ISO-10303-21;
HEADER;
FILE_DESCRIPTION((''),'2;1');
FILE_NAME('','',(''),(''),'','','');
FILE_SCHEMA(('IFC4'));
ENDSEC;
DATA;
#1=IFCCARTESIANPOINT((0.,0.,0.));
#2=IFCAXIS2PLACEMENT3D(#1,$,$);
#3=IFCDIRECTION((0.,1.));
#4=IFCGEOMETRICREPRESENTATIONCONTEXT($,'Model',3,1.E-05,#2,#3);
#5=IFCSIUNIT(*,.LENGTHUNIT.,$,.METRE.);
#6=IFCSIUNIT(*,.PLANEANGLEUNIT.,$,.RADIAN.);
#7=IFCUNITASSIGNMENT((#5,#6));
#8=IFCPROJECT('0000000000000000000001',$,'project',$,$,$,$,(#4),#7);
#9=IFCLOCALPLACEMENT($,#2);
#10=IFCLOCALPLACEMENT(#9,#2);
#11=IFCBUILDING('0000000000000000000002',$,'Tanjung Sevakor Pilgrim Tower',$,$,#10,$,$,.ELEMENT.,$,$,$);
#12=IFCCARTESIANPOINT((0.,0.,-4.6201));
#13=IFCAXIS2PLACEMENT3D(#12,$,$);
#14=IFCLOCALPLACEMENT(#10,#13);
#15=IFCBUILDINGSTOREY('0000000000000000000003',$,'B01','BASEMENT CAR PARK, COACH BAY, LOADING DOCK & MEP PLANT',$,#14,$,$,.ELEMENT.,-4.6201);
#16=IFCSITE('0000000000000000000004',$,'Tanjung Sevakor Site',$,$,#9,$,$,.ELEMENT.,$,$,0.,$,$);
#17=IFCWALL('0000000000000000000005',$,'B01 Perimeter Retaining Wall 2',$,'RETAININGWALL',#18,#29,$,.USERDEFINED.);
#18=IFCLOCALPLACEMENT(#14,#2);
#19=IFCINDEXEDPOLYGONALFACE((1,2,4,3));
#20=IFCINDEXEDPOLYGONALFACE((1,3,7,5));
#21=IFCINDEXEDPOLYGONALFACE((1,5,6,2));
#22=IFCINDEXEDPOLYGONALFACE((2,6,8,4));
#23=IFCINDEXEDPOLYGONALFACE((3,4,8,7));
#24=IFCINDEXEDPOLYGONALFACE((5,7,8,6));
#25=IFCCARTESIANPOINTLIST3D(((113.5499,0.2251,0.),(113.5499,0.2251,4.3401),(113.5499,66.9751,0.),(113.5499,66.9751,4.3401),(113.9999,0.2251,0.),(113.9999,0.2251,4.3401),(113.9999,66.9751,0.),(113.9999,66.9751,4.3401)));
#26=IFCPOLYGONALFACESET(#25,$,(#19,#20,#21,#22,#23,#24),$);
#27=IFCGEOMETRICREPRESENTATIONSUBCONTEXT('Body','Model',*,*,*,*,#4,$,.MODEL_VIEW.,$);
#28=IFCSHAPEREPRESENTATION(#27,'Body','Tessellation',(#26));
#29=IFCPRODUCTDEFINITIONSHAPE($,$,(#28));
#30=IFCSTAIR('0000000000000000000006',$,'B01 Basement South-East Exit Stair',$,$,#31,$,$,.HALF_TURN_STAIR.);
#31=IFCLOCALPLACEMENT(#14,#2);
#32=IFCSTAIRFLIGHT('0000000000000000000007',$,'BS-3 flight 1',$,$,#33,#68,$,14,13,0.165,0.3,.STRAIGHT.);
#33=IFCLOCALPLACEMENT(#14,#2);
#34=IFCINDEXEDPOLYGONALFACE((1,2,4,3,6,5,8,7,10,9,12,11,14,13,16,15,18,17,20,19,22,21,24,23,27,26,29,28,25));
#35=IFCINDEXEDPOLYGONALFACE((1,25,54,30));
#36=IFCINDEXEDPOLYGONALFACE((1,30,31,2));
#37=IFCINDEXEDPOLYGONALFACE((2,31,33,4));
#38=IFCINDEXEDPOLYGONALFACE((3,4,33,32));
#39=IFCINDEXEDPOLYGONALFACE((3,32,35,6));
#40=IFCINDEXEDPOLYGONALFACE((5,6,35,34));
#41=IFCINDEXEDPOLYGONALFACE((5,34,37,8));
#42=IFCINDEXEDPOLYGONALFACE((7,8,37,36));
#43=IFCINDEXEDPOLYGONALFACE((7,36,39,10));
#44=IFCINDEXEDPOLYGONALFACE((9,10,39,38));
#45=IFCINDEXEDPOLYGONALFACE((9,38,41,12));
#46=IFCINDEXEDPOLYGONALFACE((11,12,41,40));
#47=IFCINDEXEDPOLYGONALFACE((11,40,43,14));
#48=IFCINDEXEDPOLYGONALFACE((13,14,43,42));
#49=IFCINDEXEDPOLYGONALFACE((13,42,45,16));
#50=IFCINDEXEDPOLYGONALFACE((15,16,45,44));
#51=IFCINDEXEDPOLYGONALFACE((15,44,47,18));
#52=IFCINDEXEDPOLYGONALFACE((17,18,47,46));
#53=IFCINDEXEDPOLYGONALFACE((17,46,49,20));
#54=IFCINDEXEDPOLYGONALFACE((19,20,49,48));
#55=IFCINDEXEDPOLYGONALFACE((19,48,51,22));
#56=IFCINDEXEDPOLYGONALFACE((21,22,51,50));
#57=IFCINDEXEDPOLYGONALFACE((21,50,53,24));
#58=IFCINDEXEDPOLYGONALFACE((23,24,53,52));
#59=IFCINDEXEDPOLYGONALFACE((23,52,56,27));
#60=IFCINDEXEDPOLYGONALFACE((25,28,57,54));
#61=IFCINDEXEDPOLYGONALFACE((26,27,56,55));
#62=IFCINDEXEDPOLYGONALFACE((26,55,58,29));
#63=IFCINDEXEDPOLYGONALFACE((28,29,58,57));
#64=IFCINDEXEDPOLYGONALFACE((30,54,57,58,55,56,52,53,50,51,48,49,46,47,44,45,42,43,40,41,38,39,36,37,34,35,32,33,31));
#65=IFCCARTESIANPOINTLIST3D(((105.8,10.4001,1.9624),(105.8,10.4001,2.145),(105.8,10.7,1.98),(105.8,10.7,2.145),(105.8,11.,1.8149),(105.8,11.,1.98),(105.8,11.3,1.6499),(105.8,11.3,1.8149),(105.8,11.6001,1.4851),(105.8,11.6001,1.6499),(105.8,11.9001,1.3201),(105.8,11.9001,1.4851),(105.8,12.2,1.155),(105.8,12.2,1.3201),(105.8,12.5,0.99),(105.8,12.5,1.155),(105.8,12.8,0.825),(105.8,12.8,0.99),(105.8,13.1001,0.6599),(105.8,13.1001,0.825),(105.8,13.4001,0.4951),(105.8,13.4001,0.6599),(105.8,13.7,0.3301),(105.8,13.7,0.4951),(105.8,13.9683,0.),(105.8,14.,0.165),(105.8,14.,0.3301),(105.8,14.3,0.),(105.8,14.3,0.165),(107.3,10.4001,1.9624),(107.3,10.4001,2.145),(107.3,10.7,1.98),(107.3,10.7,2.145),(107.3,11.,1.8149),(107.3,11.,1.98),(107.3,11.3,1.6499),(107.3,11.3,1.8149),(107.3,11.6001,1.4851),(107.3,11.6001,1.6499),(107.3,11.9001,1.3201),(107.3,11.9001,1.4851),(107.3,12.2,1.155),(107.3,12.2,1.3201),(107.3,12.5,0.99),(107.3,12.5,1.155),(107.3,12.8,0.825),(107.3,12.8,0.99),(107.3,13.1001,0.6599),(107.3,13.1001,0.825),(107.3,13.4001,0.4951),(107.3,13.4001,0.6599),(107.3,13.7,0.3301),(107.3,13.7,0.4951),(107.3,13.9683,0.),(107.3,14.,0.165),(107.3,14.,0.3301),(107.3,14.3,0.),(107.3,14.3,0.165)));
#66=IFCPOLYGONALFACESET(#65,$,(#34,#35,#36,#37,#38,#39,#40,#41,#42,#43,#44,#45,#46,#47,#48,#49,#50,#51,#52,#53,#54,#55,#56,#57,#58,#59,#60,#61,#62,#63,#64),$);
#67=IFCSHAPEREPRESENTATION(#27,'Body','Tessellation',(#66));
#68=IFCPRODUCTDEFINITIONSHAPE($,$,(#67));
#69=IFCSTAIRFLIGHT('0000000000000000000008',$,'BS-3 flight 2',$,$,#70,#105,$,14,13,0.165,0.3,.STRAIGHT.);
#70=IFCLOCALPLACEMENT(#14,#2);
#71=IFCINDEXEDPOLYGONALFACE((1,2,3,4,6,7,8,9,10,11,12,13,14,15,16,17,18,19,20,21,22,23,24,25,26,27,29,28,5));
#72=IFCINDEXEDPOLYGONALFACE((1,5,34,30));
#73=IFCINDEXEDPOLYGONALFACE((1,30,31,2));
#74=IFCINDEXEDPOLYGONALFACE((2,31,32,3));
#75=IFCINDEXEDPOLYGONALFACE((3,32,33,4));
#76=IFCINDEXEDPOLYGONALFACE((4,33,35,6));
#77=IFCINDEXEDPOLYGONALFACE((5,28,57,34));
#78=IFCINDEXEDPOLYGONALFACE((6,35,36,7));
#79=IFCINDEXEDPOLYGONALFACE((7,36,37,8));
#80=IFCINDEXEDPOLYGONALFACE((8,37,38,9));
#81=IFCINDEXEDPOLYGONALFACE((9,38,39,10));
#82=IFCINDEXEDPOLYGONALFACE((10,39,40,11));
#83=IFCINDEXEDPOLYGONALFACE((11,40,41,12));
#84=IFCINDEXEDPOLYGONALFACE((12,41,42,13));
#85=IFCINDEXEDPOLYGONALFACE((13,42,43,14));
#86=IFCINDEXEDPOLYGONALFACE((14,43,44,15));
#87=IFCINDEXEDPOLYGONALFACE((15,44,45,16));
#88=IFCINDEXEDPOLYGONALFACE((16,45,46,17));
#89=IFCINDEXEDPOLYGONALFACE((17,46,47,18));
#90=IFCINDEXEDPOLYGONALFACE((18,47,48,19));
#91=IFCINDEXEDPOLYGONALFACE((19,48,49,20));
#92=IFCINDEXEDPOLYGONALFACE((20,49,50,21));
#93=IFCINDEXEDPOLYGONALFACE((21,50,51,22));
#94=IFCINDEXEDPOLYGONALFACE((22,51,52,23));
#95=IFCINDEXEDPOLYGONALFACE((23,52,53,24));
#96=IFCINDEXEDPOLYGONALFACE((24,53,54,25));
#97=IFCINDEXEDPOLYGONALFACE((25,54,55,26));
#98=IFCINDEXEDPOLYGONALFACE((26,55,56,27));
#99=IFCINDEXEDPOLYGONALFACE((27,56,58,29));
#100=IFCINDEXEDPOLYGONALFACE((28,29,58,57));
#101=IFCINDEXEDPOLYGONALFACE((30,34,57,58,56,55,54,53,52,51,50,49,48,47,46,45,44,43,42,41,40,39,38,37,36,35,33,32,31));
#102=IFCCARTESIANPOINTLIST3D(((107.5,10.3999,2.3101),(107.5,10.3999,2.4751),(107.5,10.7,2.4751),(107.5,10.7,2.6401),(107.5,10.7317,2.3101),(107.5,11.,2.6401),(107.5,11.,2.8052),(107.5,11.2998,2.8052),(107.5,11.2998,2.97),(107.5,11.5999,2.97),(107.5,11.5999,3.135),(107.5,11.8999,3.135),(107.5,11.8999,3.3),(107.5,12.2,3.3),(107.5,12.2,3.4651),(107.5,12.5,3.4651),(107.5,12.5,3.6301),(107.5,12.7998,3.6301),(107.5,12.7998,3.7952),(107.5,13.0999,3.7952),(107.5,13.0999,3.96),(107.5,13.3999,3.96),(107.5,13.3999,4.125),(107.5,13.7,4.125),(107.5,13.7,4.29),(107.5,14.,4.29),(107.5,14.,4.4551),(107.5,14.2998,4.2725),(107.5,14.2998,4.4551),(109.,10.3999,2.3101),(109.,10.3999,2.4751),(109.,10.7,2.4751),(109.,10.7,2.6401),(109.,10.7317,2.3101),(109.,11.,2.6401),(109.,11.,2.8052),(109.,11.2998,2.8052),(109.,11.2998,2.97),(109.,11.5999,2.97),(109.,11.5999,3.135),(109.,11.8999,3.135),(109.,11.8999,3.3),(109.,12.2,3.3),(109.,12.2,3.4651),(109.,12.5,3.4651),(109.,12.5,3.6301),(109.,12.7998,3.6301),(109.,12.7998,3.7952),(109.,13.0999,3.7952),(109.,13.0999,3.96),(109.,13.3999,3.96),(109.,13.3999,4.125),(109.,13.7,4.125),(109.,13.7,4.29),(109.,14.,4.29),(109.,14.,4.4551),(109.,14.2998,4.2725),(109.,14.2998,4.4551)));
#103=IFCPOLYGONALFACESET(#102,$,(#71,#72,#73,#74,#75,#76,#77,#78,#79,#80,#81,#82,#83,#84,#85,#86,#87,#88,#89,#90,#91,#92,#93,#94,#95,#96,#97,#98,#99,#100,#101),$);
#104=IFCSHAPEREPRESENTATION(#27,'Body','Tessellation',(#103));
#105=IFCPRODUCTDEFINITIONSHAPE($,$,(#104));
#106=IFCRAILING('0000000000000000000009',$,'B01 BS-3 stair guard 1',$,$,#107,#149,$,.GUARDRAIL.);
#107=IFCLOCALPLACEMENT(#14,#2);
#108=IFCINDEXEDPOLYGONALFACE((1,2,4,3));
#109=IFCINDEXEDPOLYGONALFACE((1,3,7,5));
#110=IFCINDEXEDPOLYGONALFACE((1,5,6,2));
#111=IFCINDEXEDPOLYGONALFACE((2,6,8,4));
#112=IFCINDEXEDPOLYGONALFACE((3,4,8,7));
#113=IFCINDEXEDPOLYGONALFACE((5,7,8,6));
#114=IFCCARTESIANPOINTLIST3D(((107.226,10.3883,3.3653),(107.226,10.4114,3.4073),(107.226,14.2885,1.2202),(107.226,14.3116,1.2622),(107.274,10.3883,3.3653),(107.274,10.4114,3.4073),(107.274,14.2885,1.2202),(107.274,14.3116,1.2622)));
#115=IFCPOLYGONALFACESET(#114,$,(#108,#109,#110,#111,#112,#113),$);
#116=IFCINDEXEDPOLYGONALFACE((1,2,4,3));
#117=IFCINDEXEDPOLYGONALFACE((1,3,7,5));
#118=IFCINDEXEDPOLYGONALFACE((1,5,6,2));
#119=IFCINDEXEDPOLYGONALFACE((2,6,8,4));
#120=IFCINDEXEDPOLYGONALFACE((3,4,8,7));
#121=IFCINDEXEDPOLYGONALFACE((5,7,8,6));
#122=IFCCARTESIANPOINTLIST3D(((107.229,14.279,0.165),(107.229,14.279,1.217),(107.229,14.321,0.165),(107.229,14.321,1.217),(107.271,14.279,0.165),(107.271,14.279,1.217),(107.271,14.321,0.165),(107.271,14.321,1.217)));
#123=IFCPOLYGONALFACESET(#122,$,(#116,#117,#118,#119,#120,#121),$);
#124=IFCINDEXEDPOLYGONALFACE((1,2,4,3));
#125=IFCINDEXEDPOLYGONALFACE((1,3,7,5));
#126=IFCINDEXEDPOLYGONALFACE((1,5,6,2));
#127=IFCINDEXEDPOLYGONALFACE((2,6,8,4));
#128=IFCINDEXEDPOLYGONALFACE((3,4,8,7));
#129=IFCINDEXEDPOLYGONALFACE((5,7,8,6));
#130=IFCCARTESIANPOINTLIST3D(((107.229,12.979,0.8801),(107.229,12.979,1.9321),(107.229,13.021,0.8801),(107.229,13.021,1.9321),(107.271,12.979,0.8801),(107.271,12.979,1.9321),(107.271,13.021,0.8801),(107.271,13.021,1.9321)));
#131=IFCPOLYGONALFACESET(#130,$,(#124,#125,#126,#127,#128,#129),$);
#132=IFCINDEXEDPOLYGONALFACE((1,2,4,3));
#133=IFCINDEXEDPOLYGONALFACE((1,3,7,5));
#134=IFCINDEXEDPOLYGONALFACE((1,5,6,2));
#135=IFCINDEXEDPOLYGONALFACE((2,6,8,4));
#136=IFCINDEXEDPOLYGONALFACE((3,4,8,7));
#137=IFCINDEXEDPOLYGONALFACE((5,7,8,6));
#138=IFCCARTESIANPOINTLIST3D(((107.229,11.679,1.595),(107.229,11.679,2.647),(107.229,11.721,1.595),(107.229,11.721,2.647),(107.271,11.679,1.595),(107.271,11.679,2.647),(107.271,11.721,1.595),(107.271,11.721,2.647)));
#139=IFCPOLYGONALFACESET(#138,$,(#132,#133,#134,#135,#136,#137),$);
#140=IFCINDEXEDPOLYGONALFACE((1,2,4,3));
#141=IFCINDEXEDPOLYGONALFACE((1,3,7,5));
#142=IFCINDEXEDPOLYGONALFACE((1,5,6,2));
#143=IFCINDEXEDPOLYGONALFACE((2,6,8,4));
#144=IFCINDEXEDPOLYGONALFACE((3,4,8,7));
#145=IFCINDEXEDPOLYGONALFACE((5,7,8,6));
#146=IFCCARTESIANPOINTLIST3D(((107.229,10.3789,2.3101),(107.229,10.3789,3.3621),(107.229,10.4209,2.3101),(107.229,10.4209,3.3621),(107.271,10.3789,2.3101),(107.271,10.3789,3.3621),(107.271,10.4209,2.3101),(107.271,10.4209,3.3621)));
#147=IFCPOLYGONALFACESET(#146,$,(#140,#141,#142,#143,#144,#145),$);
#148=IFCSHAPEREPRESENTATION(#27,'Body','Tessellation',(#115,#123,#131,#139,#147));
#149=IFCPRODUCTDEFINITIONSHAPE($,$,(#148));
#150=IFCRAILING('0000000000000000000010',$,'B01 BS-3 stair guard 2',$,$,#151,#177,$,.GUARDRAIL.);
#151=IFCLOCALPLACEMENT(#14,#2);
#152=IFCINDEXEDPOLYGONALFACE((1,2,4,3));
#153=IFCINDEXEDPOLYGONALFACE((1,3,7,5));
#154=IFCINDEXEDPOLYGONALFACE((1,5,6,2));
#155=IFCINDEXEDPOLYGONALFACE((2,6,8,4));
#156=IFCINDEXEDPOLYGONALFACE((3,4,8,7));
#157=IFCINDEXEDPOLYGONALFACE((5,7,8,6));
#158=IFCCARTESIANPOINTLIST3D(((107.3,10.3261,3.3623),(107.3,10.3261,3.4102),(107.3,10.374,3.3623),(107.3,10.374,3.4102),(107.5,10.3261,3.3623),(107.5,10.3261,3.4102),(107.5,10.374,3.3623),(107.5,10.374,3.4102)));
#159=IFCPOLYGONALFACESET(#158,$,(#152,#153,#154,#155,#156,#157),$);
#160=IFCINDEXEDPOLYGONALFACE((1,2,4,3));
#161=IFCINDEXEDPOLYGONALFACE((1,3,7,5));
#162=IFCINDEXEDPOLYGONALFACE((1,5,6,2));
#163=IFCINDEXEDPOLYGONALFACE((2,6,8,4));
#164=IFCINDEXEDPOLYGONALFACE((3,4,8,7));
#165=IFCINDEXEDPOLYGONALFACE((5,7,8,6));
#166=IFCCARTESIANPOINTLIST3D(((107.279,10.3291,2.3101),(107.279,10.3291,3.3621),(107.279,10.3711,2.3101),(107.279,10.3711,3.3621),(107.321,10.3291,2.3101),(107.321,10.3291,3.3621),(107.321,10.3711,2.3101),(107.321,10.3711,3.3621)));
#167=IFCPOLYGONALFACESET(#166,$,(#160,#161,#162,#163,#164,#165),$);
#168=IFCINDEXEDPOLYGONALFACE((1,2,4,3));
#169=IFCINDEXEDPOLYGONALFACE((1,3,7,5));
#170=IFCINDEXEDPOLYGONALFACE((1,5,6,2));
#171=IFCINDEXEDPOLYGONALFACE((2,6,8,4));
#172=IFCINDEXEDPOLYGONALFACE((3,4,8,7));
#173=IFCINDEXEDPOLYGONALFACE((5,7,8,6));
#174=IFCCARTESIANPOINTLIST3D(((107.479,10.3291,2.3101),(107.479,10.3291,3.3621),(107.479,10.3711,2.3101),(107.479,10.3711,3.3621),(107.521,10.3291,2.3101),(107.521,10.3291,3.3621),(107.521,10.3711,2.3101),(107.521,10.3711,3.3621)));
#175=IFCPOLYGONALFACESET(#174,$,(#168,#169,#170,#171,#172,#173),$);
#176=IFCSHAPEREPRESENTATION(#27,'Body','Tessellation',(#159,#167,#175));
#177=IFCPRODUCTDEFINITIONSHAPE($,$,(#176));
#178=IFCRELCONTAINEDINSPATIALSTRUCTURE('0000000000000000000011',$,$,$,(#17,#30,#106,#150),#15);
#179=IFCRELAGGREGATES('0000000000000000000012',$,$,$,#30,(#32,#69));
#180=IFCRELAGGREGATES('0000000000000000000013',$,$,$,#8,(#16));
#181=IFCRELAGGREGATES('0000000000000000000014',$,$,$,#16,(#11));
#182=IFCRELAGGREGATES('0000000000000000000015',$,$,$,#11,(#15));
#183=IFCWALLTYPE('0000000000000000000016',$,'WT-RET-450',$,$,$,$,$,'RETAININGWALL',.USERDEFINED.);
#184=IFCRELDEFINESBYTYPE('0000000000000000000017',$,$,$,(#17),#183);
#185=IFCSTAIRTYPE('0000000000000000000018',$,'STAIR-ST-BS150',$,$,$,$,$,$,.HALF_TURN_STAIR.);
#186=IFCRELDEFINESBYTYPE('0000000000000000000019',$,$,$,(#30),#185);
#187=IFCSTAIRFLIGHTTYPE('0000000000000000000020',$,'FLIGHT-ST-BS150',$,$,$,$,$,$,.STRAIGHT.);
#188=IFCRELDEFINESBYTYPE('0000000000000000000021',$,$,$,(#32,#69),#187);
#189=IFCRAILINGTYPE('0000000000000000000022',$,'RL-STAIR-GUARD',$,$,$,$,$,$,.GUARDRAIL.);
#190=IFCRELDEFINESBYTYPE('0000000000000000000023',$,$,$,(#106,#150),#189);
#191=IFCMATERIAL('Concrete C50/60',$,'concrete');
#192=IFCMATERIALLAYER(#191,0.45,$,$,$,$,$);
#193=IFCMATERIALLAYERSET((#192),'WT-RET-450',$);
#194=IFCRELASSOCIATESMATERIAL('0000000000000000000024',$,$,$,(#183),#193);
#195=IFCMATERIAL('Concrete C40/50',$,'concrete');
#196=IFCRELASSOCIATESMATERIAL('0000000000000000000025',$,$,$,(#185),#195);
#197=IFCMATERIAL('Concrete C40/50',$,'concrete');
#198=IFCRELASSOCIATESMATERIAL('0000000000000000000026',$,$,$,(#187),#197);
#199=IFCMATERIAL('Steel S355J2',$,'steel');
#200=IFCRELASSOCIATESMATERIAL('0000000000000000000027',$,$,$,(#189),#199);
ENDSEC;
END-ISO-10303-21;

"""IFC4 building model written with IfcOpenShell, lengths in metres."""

from ifc_helpers import new_model, si_unit, direction, frame, frame_2d, origin, place, context, subcontext, project, spatial, polyline, rectangle, outline, extrude, material, layer, layer_set, type_object, element, aggregate, save


model = new_model("IFC4")

# Units and contexts
model_context = context("Model", 3, precision=1e-05, world=origin(), true_north=direction((0.0, 1.0)))
body_context = subcontext(model_context, "Body", "Model", "MODEL_VIEW")
ifc_project = project(units=[si_unit("LENGTHUNIT", "METRE"), si_unit("PLANEANGLEUNIT", "RADIAN")], contexts=[model_context])

# Site, building, storey
site_placement = place(None, origin())
site = spatial("IfcSite", under=ifc_project, at=site_placement, Name="Tanjung Sevakor Site", CompositionType="ELEMENT", RefElevation=0.0)
building_placement = place(site_placement, origin())
building = spatial("IfcBuilding", under=site, at=building_placement, Name="Tanjung Sevakor Pilgrim Tower", CompositionType="ELEMENT")
storey_placement = place(building_placement, frame((0.0, 0.0, -4.6201)))
storey = spatial("IfcBuildingStorey", under=building, at=storey_placement, Name="B01", Description="BASEMENT CAR PARK, COACH BAY, LOADING DOCK & MEP PLANT", CompositionType="ELEMENT", Elevation=-4.6201)

# Wall
ifc_material_1 = material(Name="Concrete C50/60", Category="concrete")
ifc_layer_1 = layer(ifc_material_1, 0.45)
ifc_layer_set_1 = layer_set([ifc_layer_1], Name="WT-RET-450")
wall_type_1 = type_object("IfcWallType", Name="WT-RET-450", ElementType="RETAININGWALL", PredefinedType="USERDEFINED", material=ifc_layer_set_1)
wall_1_placement = place(storey_placement, frame((113.7749, 0.2251, 0.0), z_axis=(0.0, 0.0, 1.0), x_axis=(0.0, 1.0, 0.0)))
element("IfcWall", 1, at=wall_1_placement, inside=storey, type_object=wall_type_1, Name="B01 Perimeter Retaining Wall 2", ObjectType="RETAININGWALL", PredefinedType="USERDEFINED", context=body_context, shape_type="SweptSolid", body=[
    extrude(rectangle(XDim=66.75, YDim=0.45, at=frame_2d((33.375, 0.0))), origin(), (0.0, 0.0, 1.0), 4.3401),
])

# Stair, stair flights
ifc_material_2 = material(Name="Concrete C40/50", Category="concrete")
stair_type = type_object("IfcStairType", Name="STAIR-ST-BS150", PredefinedType="HALF_TURN_STAIR", material=ifc_material_2)
stair_placement = place(storey_placement, origin())
stair = element("IfcStair", 2, at=stair_placement, inside=storey, type_object=stair_type, Name="B01 Basement South-East Exit Stair", PredefinedType="HALF_TURN_STAIR")
ifc_material_3 = material(Name="Concrete C40/50", Category="concrete")
stair_flight_type = type_object("IfcStairFlightType", Name="FLIGHT-ST-BS150", PredefinedType="STRAIGHT", material=ifc_material_3)
stair_flight_1_placement = place(storey_placement, frame((106.55, 14.3, 0.0), z_axis=(0.0, 0.0, 1.0), x_axis=(0.0, -1.0, 0.0)))
stair_flight_1 = element("IfcStairFlight", 3, at=stair_flight_1_placement, type_object=stair_flight_type, Name="BS-3 flight 1", NumberOfRisers=14, NumberOfTreads=13, PredefinedType="STRAIGHT", RiserHeight=0.165, TreadLength=0.3, context=body_context, shape_type="SweptSolid", body=[
    extrude(outline(polyline([(0.0, 0.0), (0.0, 0.165), (0.3, 0.165), (0.3, 0.3301), (0.6001, 0.3301), (0.6001, 0.4951), (0.8999, 0.4951), (0.8999, 0.6599), (1.2, 0.6599), (1.2, 0.825), (1.5, 0.825), (1.5, 0.99), (1.8, 0.99), (1.8, 1.155), (2.1001, 1.155), (2.1001, 1.3201), (2.3999, 1.3201), (2.3999, 1.4851), (2.7, 1.4851), (2.7, 1.6499), (3.0, 1.6499), (3.0, 1.8149), (3.3, 1.8149), (3.3, 1.98), (3.6001, 1.98), (3.6001, 2.145), (3.8999, 2.145), (3.8999, 2.3101), (3.8999, 1.9624), (0.3318, 0.0), (0.0, 0.0)])), frame((0.0, 0.75, 0.0), z_axis=(0.0, -1.0, 0.0), x_axis=(1.0, 0.0, 0.0)), (0.0, 0.0, 1.0), 1.5),
])
stair_flight_2_placement = place(storey_placement, frame((108.25, 10.3999, 2.3101), z_axis=(0.0, 0.0, 1.0), x_axis=(0.0, 1.0, 0.0)))
stair_flight_2 = element("IfcStairFlight", 4, at=stair_flight_2_placement, type_object=stair_flight_type, Name="BS-3 flight 2", NumberOfRisers=14, NumberOfTreads=13, PredefinedType="STRAIGHT", RiserHeight=0.165, TreadLength=0.3, context=body_context, shape_type="SweptSolid", body=[
    extrude(outline(polyline([(0.0, 0.0), (0.0, 0.165), (0.3, 0.165), (0.3, 0.3301), (0.6001, 0.3301), (0.6001, 0.4951), (0.8999, 0.4951), (0.8999, 0.6599), (1.2, 0.6599), (1.2, 0.825), (1.5, 0.825), (1.5, 0.99), (1.8, 0.99), (1.8, 1.155), (2.1001, 1.155), (2.1001, 1.3201), (2.3999, 1.3201), (2.3999, 1.4851), (2.7, 1.4851), (2.7, 1.6499), (3.0, 1.6499), (3.0, 1.8149), (3.3, 1.8149), (3.3, 1.98), (3.6001, 1.98), (3.6001, 2.145), (3.8999, 2.145), (3.8999, 2.3101), (3.8999, 1.9624), (0.3318, 0.0), (0.0, 0.0)])), frame((0.0, 0.75, 0.0), z_axis=(0.0, -1.0, 0.0), x_axis=(1.0, 0.0, 0.0)), (0.0, 0.0, 1.0), 1.5),
])
aggregate(stair, [stair_flight_1, stair_flight_2])

# Railings
ifc_material_4 = material(Name="Steel S355J2", Category="steel")
railing_type_1 = type_object("IfcRailingType", Name="RL-STAIR-GUARD", PredefinedType="GUARDRAIL", material=ifc_material_4)
railing_1_placement = place(storey_placement, frame((107.25, 14.3, 0.165)))
element("IfcRailing", 5, at=railing_1_placement, inside=storey, type_object=railing_type_1, Name="B01 BS-3 stair guard 1", PredefinedType="GUARDRAIL", context=body_context, shape_type="SweptSolid", body=[
    extrude(rectangle(XDim=0.0479, YDim=0.0479), frame((0.0, 0.0, 1.0762), z_axis=(0.0, -0.876222, 0.481908), x_axis=(1.0, 0.0, 0.0)), (0.0, 0.0, 1.0), 4.4512),
    extrude(rectangle(XDim=0.042, YDim=0.042), origin(), (0.0, 0.0, 1.0), 1.052),
    extrude(rectangle(XDim=0.042, YDim=0.042), frame((0.0, -1.3, 0.7151)), (0.0, 0.0, 1.0), 1.052),
    extrude(rectangle(XDim=0.042, YDim=0.042), frame((0.0, -2.6001, 1.4299)), (0.0, 0.0, 1.0), 1.052),
    extrude(rectangle(XDim=0.042, YDim=0.042), frame((0.0, -3.9001, 2.145)), (0.0, 0.0, 1.0), 1.052),
])
railing_2_placement = place(storey_placement, frame((107.3, 10.3501, 2.3101)))
element("IfcRailing", 6, at=railing_2_placement, inside=storey, type_object=railing_type_1, Name="B01 BS-3 stair guard 2", PredefinedType="GUARDRAIL", context=body_context, shape_type="SweptSolid", body=[
    extrude(rectangle(XDim=0.0479, YDim=0.0479), frame((0.0, 0.0, 1.0762), z_axis=(1.0, 0.0, 0.0), x_axis=(0.0, 1.0, 0.0)), (0.0, 0.0, 1.0), 0.2),
    extrude(rectangle(XDim=0.042, YDim=0.042), origin(), (0.0, 0.0, 1.0), 1.052),
    extrude(rectangle(XDim=0.042, YDim=0.042), frame((0.2, 0.0, 0.0)), (0.0, 0.0, 1.0), 1.052),
])

save(model, "model.ifc")
